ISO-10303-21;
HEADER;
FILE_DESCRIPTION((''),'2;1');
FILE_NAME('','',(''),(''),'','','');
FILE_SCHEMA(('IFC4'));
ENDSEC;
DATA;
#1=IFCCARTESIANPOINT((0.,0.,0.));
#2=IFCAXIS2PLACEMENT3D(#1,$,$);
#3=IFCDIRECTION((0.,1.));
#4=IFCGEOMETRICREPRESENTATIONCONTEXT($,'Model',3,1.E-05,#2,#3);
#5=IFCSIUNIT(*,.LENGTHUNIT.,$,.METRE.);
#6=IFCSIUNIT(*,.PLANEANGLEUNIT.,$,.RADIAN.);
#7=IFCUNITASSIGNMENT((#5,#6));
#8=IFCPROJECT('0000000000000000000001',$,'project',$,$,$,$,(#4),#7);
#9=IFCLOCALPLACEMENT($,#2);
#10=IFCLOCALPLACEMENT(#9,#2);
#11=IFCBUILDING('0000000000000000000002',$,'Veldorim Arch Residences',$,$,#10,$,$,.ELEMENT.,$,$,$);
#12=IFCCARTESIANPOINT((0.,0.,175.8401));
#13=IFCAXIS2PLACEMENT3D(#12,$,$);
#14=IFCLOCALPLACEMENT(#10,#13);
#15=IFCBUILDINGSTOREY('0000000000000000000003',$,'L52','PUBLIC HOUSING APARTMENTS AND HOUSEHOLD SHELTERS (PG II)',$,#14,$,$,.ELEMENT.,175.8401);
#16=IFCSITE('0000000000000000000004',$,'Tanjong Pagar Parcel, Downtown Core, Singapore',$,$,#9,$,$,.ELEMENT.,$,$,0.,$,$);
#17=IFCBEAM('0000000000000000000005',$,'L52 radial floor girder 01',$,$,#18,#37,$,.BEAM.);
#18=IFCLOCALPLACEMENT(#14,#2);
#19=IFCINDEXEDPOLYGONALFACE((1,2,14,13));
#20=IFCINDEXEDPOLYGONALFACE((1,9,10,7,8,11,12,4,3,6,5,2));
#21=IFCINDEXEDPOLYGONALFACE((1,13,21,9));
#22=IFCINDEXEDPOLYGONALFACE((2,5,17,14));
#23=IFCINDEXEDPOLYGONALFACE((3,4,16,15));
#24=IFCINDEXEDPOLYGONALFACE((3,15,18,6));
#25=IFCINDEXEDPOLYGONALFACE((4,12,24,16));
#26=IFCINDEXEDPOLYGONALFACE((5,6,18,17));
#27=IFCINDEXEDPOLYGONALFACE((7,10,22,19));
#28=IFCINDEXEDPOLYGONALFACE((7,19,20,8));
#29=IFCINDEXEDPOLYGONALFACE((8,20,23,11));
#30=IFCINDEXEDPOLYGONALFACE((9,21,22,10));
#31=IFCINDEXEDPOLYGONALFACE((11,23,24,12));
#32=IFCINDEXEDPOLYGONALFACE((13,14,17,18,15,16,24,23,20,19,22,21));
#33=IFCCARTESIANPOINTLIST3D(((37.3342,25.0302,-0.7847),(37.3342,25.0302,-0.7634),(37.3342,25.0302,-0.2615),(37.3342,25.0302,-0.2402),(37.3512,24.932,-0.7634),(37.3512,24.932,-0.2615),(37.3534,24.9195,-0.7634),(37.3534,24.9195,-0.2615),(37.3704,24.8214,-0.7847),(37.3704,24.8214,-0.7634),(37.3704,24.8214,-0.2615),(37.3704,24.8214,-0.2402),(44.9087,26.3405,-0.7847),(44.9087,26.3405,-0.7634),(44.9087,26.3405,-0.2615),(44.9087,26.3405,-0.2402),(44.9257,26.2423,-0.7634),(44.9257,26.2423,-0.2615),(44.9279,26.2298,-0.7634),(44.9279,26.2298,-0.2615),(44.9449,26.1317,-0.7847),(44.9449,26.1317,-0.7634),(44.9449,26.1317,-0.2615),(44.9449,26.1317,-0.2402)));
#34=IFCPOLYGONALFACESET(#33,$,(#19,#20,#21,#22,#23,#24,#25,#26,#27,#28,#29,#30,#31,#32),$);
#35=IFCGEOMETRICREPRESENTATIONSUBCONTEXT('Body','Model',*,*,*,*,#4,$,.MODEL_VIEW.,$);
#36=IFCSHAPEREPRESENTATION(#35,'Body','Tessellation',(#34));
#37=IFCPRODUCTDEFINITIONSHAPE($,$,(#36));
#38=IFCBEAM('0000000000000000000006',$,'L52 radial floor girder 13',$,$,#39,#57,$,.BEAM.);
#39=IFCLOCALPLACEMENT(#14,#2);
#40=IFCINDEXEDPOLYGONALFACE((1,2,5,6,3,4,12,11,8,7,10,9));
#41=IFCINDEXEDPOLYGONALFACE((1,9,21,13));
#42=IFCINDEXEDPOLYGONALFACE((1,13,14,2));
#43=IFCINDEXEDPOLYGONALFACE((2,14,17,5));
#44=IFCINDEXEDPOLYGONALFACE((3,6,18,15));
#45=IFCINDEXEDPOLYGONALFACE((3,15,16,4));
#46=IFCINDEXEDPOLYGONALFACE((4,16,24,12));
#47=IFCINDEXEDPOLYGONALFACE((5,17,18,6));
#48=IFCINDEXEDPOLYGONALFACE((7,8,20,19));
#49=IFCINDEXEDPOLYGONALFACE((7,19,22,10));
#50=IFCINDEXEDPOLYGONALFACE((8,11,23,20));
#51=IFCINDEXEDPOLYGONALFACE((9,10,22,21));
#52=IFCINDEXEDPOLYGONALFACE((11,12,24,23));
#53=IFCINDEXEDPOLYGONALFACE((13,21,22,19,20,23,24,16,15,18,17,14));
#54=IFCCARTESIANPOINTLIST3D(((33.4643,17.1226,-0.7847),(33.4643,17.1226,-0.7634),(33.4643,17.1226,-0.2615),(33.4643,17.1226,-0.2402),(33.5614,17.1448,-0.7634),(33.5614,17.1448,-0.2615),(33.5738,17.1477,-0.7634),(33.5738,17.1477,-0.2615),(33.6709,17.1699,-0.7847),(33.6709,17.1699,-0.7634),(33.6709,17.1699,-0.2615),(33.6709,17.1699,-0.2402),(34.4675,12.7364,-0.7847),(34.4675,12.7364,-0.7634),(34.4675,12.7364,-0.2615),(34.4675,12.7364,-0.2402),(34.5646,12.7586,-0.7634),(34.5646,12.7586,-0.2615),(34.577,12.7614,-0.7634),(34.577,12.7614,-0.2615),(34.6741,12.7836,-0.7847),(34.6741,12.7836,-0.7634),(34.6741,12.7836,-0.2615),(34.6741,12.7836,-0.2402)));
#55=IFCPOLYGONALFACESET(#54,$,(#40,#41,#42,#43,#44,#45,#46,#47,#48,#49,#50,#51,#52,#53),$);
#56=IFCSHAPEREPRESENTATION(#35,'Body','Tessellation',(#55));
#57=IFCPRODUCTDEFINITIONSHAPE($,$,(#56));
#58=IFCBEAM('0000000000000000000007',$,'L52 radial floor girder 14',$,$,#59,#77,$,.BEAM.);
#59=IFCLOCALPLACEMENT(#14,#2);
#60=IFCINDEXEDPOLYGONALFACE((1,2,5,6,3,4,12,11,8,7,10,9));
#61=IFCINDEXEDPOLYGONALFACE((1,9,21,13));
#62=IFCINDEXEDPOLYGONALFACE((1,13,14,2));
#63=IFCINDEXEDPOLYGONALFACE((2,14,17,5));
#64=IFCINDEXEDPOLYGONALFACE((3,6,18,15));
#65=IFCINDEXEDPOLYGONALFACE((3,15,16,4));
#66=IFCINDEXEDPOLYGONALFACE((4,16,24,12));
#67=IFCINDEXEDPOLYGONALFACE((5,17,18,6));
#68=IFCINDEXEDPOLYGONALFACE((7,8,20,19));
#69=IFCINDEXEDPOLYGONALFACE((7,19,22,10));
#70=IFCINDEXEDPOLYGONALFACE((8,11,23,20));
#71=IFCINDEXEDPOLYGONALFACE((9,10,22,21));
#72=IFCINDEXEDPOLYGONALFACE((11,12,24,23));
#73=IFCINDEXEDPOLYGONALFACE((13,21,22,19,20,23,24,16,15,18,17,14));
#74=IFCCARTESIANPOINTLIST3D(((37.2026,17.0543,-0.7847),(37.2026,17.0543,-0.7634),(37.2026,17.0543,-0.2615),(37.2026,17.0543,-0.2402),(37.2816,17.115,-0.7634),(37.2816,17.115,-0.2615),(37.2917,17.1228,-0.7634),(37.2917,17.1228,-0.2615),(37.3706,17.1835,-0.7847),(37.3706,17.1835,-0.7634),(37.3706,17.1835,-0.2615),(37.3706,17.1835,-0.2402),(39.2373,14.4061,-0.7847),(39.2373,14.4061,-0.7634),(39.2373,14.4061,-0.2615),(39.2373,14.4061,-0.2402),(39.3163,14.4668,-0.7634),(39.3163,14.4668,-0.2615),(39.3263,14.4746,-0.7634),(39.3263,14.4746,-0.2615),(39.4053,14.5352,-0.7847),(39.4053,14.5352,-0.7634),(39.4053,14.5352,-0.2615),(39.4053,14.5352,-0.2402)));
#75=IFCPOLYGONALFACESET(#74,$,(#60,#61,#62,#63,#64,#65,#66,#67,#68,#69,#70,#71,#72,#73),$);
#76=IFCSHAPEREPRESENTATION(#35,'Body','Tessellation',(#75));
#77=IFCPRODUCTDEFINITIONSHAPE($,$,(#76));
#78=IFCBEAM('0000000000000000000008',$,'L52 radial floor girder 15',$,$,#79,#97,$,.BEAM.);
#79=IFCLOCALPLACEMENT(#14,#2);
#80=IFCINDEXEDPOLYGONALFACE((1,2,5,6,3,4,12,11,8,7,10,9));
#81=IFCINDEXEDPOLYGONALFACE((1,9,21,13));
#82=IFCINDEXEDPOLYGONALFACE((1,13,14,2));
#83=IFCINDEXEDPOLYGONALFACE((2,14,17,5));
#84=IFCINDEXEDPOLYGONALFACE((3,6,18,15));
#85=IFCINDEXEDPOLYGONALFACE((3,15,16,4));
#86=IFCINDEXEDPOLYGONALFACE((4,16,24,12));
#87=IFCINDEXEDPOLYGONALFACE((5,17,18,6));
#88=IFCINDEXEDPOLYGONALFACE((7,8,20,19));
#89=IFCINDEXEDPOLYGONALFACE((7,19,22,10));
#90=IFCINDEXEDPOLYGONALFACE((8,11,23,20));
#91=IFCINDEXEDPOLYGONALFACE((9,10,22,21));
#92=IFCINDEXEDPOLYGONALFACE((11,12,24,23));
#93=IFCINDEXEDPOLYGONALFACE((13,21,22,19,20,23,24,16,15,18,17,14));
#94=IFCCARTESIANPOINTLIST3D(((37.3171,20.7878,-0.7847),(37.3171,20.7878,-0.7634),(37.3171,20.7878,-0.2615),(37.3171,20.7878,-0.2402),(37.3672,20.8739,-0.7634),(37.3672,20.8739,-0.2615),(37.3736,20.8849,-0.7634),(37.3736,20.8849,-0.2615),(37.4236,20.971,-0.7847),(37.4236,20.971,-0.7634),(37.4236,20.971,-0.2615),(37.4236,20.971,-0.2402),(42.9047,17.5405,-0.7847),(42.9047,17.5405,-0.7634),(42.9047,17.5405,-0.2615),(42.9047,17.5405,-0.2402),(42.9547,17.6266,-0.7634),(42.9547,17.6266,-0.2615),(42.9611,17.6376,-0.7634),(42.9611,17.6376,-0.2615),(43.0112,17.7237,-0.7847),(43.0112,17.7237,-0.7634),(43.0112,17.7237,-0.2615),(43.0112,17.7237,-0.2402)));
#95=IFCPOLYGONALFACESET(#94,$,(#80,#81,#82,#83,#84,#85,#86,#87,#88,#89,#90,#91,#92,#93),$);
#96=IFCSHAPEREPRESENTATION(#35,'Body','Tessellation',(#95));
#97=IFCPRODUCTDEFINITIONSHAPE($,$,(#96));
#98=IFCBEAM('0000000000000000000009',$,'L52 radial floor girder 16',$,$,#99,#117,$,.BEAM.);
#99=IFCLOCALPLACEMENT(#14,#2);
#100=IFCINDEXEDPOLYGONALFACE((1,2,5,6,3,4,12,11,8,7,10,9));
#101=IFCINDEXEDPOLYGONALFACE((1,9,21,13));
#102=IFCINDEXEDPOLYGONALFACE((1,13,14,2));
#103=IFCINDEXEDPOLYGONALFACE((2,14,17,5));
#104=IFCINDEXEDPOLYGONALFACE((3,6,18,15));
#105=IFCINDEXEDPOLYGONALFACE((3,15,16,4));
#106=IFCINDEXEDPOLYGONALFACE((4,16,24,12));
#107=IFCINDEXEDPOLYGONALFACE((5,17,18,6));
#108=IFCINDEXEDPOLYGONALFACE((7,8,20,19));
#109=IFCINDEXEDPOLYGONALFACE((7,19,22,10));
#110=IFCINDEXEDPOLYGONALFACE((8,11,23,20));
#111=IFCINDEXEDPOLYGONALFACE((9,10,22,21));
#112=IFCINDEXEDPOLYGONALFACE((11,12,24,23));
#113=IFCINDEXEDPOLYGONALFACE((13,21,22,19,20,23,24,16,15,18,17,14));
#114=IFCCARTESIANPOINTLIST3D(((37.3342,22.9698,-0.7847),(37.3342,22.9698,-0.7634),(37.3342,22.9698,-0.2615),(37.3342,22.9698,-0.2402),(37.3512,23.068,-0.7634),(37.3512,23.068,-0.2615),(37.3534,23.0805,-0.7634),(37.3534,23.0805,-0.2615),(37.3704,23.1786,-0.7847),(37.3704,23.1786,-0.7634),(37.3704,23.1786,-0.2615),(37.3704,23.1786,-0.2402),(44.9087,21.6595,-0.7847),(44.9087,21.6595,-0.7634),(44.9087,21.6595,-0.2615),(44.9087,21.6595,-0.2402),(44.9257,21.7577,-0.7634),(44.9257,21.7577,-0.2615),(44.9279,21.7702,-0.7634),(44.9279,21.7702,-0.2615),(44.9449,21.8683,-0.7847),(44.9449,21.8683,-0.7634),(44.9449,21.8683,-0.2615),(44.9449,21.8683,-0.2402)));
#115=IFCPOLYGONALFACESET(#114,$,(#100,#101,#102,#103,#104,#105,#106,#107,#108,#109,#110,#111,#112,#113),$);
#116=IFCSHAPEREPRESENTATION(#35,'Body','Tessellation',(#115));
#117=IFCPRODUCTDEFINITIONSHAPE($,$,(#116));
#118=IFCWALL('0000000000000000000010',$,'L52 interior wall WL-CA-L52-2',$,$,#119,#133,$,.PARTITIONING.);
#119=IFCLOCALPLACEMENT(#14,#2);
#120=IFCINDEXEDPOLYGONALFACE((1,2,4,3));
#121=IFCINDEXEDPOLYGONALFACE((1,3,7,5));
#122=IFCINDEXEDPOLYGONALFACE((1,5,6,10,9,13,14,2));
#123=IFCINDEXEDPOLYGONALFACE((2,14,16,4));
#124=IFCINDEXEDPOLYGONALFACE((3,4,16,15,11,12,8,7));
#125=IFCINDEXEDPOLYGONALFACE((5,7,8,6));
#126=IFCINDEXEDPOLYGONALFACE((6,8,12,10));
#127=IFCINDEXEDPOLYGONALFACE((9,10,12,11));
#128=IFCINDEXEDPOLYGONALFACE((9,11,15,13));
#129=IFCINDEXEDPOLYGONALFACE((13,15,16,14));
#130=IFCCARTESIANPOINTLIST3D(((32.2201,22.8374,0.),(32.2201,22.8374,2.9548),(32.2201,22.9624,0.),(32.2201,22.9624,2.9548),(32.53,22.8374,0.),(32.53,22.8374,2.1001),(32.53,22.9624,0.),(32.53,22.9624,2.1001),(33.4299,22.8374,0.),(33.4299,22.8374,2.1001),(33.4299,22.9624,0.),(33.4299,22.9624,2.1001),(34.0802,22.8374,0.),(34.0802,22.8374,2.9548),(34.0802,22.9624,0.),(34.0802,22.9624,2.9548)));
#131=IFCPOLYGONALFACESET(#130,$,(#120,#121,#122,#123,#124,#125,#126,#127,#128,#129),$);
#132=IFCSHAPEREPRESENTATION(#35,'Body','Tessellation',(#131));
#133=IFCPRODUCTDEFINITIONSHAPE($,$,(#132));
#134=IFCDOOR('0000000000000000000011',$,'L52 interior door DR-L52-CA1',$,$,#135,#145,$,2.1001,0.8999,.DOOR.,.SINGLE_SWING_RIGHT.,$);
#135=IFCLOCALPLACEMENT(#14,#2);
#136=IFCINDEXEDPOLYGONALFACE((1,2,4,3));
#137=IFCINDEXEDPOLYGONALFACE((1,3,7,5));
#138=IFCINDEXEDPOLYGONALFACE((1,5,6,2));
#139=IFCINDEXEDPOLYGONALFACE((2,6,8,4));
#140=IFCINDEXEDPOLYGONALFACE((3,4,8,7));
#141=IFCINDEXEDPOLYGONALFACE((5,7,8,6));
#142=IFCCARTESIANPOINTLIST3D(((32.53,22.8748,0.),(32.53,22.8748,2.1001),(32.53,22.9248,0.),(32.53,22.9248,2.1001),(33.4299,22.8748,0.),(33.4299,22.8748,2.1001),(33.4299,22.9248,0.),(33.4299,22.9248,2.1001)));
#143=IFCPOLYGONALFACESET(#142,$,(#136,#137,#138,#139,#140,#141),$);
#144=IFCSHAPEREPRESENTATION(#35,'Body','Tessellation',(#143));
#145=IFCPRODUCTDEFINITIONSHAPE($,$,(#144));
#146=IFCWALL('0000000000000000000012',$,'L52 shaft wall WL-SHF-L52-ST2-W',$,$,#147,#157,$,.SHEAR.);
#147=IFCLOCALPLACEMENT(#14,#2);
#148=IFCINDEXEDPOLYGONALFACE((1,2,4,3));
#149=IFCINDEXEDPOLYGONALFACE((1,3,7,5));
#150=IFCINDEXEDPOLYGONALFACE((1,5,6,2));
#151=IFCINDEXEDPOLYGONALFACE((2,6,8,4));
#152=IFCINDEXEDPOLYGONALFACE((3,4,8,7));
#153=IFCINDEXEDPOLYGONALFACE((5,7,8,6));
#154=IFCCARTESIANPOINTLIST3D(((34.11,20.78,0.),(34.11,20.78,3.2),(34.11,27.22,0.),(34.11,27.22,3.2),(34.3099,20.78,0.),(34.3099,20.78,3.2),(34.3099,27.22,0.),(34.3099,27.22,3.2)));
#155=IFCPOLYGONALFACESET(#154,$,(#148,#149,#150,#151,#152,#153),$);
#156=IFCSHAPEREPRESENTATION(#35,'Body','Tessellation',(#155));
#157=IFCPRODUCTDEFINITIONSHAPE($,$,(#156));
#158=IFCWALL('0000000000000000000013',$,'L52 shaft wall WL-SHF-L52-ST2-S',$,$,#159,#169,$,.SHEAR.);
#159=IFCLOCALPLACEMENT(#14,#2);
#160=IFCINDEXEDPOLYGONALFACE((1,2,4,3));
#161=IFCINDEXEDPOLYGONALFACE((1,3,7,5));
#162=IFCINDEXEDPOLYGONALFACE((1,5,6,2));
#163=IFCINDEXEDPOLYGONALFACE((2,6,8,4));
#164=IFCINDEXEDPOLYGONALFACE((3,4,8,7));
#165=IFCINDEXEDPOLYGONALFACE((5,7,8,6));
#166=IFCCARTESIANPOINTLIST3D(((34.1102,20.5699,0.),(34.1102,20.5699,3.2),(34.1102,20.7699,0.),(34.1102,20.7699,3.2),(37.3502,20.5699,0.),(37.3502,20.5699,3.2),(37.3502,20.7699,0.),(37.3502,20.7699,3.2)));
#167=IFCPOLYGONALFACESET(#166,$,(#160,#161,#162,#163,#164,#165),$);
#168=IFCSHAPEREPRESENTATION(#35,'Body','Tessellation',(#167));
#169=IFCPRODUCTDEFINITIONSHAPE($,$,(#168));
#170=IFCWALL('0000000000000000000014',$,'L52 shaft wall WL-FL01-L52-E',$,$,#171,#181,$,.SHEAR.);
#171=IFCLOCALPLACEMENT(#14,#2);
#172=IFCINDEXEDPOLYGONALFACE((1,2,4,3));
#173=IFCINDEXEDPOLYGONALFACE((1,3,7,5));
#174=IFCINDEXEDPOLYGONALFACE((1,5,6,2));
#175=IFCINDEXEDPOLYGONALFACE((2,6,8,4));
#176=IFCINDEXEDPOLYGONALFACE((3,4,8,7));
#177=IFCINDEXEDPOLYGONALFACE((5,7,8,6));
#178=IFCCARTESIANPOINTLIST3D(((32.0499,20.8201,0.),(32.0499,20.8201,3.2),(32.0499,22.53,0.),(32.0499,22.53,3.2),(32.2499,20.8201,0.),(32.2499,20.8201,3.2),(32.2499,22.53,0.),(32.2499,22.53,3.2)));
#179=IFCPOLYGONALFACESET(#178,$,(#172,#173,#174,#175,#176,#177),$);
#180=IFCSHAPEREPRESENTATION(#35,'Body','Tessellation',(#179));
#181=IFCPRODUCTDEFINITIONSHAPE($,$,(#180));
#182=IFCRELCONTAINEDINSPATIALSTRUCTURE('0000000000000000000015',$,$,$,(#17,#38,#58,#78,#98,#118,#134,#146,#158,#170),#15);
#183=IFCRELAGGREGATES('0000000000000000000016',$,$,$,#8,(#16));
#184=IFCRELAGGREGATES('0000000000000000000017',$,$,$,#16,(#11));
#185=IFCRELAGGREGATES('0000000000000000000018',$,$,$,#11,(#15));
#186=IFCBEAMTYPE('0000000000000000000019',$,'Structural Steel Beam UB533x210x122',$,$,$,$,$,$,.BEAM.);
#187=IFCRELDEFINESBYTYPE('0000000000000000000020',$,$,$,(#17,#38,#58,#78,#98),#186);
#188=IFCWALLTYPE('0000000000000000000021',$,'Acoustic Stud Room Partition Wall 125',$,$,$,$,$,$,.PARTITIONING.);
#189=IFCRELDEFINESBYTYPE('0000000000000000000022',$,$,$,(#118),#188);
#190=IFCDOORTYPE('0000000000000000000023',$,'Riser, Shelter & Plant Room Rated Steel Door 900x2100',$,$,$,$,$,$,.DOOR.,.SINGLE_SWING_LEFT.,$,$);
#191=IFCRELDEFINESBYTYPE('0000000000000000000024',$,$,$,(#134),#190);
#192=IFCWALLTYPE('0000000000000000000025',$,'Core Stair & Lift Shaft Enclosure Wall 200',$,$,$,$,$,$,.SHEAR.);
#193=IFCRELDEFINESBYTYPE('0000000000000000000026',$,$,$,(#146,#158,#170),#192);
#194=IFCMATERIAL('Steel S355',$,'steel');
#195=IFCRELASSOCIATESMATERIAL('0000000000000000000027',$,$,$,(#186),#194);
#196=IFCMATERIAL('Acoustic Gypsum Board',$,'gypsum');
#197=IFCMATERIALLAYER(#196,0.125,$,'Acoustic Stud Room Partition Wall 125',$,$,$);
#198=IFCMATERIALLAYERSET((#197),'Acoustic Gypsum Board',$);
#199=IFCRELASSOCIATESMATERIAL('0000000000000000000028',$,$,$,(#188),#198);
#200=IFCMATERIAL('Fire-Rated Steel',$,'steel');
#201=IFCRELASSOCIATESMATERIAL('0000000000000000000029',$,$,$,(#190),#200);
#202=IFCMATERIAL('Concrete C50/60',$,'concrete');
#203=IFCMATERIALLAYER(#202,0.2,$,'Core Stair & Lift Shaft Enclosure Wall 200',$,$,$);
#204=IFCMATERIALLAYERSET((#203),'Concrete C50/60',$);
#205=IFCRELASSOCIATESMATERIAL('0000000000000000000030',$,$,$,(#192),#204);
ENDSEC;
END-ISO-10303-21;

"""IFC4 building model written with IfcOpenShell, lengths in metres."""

from ifc_helpers import new_model, si_unit, direction, frame, frame_2d, origin, origin_2d, place, context, subcontext, project, spatial, rectangle, i_section, extrude, material, layer, layer_set, material_profile, profile_set, type_object, element, fill, save


model = new_model("IFC4")

# Units and contexts
model_context = context("Model", 3, precision=1e-05, world=origin(), true_north=direction((0.0, 1.0)))
body_context = subcontext(model_context, "Body", "Model", "MODEL_VIEW")
ifc_project = project(units=[si_unit("LENGTHUNIT", "METRE"), si_unit("PLANEANGLEUNIT", "RADIAN")], contexts=[model_context])

# Site, building, storey
site_placement = place(None, origin())
site = spatial("IfcSite", under=ifc_project, at=site_placement, Name="Tanjong Pagar Parcel, Downtown Core, Singapore", CompositionType="ELEMENT", RefElevation=0.0)
building_placement = place(site_placement, origin())
building = spatial("IfcBuilding", under=site, at=building_placement, Name="Veldorim Arch Residences", CompositionType="ELEMENT")
storey_placement = place(building_placement, frame((0.0, 0.0, 175.8401)))
storey = spatial("IfcBuildingStorey", under=building, at=storey_placement, Name="L52", Description="PUBLIC HOUSING APARTMENTS AND HOUSEHOLD SHELTERS (PG II)", CompositionType="ELEMENT", Elevation=175.8401)

# Beams
ifc_material_1 = material(Name="Steel S355", Category="steel")
ifc_material_profile = material_profile(ifc_material_1, i_section(OverallWidth=0.2119, OverallDepth=0.5444, WebThickness=0.0127, FlangeThickness=0.0212, at=origin_2d()), Name="UB533x210x122")
ifc_profile_set = profile_set([ifc_material_profile], Name="Steel S355")
beam_type = type_object("IfcBeamType", Name="Structural Steel Beam UB533x210x122", PredefinedType="BEAM", material=ifc_profile_set)
beam_1_placement = place(storey_placement, frame((37.3523, 24.9258, -0.5125), z_axis=(0.985365, 0.170458, 0.0), x_axis=(-0.170458, 0.985365, 0.0)))
element("IfcBeam", 1, at=beam_1_placement, inside=storey, type_object=beam_type, Name="L52 radial floor girder 01", PredefinedType="BEAM", context=body_context, shape_type="SweptSolid", body=[
    extrude(i_section(OverallWidth=0.2119, OverallDepth=0.5444, WebThickness=0.0127, FlangeThickness=0.0212, at=origin_2d()), origin(), (0.0, 0.0, 1.0), 7.687),
])
beam_2_placement = place(storey_placement, frame((33.5676, 17.1462, -0.5125), z_axis=(0.222953, -0.974829, 0.0), x_axis=(0.974829, 0.222953, 0.0)))
element("IfcBeam", 2, at=beam_2_placement, inside=storey, type_object=beam_type, Name="L52 radial floor girder 13", PredefinedType="BEAM", context=body_context, shape_type="SweptSolid", body=[
    extrude(i_section(OverallWidth=0.2119, OverallDepth=0.5444, WebThickness=0.0127, FlangeThickness=0.0212, at=origin_2d()), origin(), (0.0, 0.0, 1.0), 4.4995),
])
beam_3_placement = place(storey_placement, frame((37.2866, 17.1189, -0.5125), z_axis=(0.609258, -0.792972, 0.0), x_axis=(0.792972, 0.609258, 0.0)))
element("IfcBeam", 3, at=beam_3_placement, inside=storey, type_object=beam_type, Name="L52 radial floor girder 14", PredefinedType="BEAM", context=body_context, shape_type="SweptSolid", body=[
    extrude(i_section(OverallWidth=0.2119, OverallDepth=0.5444, WebThickness=0.0127, FlangeThickness=0.0212, at=origin_2d()), origin(), (0.0, 0.0, 1.0), 3.3396),
])
beam_4_placement = place(storey_placement, frame((37.3704, 20.8794, -0.5125), z_axis=(0.864596, -0.502468, 0.0), x_axis=(0.502468, 0.864596, 0.0)))
element("IfcBeam", 4, at=beam_4_placement, inside=storey, type_object=beam_type, Name="L52 radial floor girder 15", PredefinedType="BEAM", context=body_context, shape_type="SweptSolid", body=[
    extrude(i_section(OverallWidth=0.2119, OverallDepth=0.5444, WebThickness=0.0127, FlangeThickness=0.0212, at=origin_2d()), origin(), (0.0, 0.0, 1.0), 6.4626),
])
beam_5_placement = place(storey_placement, frame((37.3523, 23.0742, -0.5125), z_axis=(0.985365, -0.170458, 0.0), x_axis=(0.170458, 0.985365, 0.0)))
element("IfcBeam", 5, at=beam_5_placement, inside=storey, type_object=beam_type, Name="L52 radial floor girder 16", PredefinedType="BEAM", context=body_context, shape_type="SweptSolid", body=[
    extrude(i_section(OverallWidth=0.2119, OverallDepth=0.5444, WebThickness=0.0127, FlangeThickness=0.0212, at=origin_2d()), origin(), (0.0, 0.0, 1.0), 7.687),
])

# Wall, opening, door
ifc_material_2 = material(Name="Acoustic Gypsum Board", Category="gypsum")
ifc_layer_1 = layer(ifc_material_2, 0.125, Name="Acoustic Stud Room Partition Wall 125")
ifc_layer_set_1 = layer_set([ifc_layer_1], Name="Acoustic Gypsum Board")
wall_type_1 = type_object("IfcWallType", Name="Acoustic Stud Room Partition Wall 125", PredefinedType="PARTITIONING", material=ifc_layer_set_1)
wall_1_placement = place(storey_placement, frame((32.22, 22.8999, 0.0), z_axis=(0.0, 0.0, 1.0), x_axis=(1.0, 0.0, 0.0)))
wall_1 = element("IfcWall", 6, at=wall_1_placement, inside=storey, type_object=wall_type_1, Name="L52 interior wall WL-CA-L52-2", PredefinedType="PARTITIONING", context=body_context, shape_type="SweptSolid", body=[
    extrude(rectangle(XDim=1.8601, YDim=0.125, at=frame_2d((0.9302, 0.0))), origin(), (0.0, 0.0, 1.0), 2.9548),
])
opening_placement = place(wall_1_placement, frame((0.3101, 0.0, 0.0)))
opening = element("IfcOpeningElement", 7, at=opening_placement, cuts=wall_1, PredefinedType="OPENING", context=body_context, shape_type="SweptSolid", body=[
    extrude(rectangle(XDim=0.8999, YDim=2.1001, at=frame_2d((0.45, 1.05))), frame((0.0, 0.0725, 0.0), z_axis=(0.0, -1.0, 0.0), x_axis=(1.0, 0.0, 0.0)), (0.0, 0.0, 1.0), 0.145),
])
ifc_material_3 = material(Name="Fire-Rated Steel", Category="steel")
door_type = type_object("IfcDoorType", Name="Riser, Shelter & Plant Room Rated Steel Door 900x2100", OperationType="SINGLE_SWING_LEFT", PredefinedType="DOOR", material=ifc_material_3)
door_placement = place(opening_placement, origin())
door = element("IfcDoor", 8, at=door_placement, inside=storey, type_object=door_type, Name="L52 interior door DR-L52-CA1", OperationType="SINGLE_SWING_RIGHT", OverallHeight=2.1001, OverallWidth=0.8999, PredefinedType="DOOR", context=body_context, shape_type="SweptSolid", body=[
    extrude(rectangle(XDim=0.8999, YDim=2.1001, at=frame_2d((0.45, 1.05))), frame((0.0, 0.0249, 0.0), z_axis=(0.0, -1.0, 0.0), x_axis=(1.0, 0.0, 0.0)), (0.0, 0.0, 1.0), 0.05),
])
fill(opening, door)

# Walls
ifc_material_4 = material(Name="Concrete C50/60", Category="concrete")
ifc_layer_2 = layer(ifc_material_4, 0.2, Name="Core Stair & Lift Shaft Enclosure Wall 200")
ifc_layer_set_2 = layer_set([ifc_layer_2], Name="Concrete C50/60")
wall_type_2 = type_object("IfcWallType", Name="Core Stair & Lift Shaft Enclosure Wall 200", PredefinedType="SHEAR", material=ifc_layer_set_2)
wall_2_placement = place(storey_placement, frame((34.21, 20.78, 0.0), z_axis=(0.0, 0.0, 1.0), x_axis=(0.0, 1.0, 0.0)))
element("IfcWall", 9, at=wall_2_placement, inside=storey, type_object=wall_type_2, Name="L52 shaft wall WL-SHF-L52-ST2-W", PredefinedType="SHEAR", context=body_context, shape_type="SweptSolid", body=[
    extrude(rectangle(XDim=6.4399, YDim=0.2, at=frame_2d((3.22, 0.0))), origin(), (0.0, 0.0, 1.0), 3.2),
])
wall_3_placement = place(storey_placement, frame((34.1101, 20.6699, 0.0), z_axis=(0.0, 0.0, 1.0), x_axis=(1.0, 0.0, 0.0)))
element("IfcWall", 10, at=wall_3_placement, inside=storey, type_object=wall_type_2, Name="L52 shaft wall WL-SHF-L52-ST2-S", PredefinedType="SHEAR", context=body_context, shape_type="SweptSolid", body=[
    extrude(rectangle(XDim=3.24, YDim=0.2, at=frame_2d((1.6201, 0.0))), origin(), (0.0, 0.0, 1.0), 3.2),
])
wall_4_placement = place(storey_placement, frame((32.1499, 20.8201, 0.0), z_axis=(0.0, 0.0, 1.0), x_axis=(0.0, 1.0, 0.0)))
element("IfcWall", 11, at=wall_4_placement, inside=storey, type_object=wall_type_2, Name="L52 shaft wall WL-FL01-L52-E", PredefinedType="SHEAR", context=body_context, shape_type="SweptSolid", body=[
    extrude(rectangle(XDim=1.71, YDim=0.2, at=frame_2d((0.855, 0.0))), origin(), (0.0, 0.0, 1.0), 3.2),
])

save(model, "model.ifc")
